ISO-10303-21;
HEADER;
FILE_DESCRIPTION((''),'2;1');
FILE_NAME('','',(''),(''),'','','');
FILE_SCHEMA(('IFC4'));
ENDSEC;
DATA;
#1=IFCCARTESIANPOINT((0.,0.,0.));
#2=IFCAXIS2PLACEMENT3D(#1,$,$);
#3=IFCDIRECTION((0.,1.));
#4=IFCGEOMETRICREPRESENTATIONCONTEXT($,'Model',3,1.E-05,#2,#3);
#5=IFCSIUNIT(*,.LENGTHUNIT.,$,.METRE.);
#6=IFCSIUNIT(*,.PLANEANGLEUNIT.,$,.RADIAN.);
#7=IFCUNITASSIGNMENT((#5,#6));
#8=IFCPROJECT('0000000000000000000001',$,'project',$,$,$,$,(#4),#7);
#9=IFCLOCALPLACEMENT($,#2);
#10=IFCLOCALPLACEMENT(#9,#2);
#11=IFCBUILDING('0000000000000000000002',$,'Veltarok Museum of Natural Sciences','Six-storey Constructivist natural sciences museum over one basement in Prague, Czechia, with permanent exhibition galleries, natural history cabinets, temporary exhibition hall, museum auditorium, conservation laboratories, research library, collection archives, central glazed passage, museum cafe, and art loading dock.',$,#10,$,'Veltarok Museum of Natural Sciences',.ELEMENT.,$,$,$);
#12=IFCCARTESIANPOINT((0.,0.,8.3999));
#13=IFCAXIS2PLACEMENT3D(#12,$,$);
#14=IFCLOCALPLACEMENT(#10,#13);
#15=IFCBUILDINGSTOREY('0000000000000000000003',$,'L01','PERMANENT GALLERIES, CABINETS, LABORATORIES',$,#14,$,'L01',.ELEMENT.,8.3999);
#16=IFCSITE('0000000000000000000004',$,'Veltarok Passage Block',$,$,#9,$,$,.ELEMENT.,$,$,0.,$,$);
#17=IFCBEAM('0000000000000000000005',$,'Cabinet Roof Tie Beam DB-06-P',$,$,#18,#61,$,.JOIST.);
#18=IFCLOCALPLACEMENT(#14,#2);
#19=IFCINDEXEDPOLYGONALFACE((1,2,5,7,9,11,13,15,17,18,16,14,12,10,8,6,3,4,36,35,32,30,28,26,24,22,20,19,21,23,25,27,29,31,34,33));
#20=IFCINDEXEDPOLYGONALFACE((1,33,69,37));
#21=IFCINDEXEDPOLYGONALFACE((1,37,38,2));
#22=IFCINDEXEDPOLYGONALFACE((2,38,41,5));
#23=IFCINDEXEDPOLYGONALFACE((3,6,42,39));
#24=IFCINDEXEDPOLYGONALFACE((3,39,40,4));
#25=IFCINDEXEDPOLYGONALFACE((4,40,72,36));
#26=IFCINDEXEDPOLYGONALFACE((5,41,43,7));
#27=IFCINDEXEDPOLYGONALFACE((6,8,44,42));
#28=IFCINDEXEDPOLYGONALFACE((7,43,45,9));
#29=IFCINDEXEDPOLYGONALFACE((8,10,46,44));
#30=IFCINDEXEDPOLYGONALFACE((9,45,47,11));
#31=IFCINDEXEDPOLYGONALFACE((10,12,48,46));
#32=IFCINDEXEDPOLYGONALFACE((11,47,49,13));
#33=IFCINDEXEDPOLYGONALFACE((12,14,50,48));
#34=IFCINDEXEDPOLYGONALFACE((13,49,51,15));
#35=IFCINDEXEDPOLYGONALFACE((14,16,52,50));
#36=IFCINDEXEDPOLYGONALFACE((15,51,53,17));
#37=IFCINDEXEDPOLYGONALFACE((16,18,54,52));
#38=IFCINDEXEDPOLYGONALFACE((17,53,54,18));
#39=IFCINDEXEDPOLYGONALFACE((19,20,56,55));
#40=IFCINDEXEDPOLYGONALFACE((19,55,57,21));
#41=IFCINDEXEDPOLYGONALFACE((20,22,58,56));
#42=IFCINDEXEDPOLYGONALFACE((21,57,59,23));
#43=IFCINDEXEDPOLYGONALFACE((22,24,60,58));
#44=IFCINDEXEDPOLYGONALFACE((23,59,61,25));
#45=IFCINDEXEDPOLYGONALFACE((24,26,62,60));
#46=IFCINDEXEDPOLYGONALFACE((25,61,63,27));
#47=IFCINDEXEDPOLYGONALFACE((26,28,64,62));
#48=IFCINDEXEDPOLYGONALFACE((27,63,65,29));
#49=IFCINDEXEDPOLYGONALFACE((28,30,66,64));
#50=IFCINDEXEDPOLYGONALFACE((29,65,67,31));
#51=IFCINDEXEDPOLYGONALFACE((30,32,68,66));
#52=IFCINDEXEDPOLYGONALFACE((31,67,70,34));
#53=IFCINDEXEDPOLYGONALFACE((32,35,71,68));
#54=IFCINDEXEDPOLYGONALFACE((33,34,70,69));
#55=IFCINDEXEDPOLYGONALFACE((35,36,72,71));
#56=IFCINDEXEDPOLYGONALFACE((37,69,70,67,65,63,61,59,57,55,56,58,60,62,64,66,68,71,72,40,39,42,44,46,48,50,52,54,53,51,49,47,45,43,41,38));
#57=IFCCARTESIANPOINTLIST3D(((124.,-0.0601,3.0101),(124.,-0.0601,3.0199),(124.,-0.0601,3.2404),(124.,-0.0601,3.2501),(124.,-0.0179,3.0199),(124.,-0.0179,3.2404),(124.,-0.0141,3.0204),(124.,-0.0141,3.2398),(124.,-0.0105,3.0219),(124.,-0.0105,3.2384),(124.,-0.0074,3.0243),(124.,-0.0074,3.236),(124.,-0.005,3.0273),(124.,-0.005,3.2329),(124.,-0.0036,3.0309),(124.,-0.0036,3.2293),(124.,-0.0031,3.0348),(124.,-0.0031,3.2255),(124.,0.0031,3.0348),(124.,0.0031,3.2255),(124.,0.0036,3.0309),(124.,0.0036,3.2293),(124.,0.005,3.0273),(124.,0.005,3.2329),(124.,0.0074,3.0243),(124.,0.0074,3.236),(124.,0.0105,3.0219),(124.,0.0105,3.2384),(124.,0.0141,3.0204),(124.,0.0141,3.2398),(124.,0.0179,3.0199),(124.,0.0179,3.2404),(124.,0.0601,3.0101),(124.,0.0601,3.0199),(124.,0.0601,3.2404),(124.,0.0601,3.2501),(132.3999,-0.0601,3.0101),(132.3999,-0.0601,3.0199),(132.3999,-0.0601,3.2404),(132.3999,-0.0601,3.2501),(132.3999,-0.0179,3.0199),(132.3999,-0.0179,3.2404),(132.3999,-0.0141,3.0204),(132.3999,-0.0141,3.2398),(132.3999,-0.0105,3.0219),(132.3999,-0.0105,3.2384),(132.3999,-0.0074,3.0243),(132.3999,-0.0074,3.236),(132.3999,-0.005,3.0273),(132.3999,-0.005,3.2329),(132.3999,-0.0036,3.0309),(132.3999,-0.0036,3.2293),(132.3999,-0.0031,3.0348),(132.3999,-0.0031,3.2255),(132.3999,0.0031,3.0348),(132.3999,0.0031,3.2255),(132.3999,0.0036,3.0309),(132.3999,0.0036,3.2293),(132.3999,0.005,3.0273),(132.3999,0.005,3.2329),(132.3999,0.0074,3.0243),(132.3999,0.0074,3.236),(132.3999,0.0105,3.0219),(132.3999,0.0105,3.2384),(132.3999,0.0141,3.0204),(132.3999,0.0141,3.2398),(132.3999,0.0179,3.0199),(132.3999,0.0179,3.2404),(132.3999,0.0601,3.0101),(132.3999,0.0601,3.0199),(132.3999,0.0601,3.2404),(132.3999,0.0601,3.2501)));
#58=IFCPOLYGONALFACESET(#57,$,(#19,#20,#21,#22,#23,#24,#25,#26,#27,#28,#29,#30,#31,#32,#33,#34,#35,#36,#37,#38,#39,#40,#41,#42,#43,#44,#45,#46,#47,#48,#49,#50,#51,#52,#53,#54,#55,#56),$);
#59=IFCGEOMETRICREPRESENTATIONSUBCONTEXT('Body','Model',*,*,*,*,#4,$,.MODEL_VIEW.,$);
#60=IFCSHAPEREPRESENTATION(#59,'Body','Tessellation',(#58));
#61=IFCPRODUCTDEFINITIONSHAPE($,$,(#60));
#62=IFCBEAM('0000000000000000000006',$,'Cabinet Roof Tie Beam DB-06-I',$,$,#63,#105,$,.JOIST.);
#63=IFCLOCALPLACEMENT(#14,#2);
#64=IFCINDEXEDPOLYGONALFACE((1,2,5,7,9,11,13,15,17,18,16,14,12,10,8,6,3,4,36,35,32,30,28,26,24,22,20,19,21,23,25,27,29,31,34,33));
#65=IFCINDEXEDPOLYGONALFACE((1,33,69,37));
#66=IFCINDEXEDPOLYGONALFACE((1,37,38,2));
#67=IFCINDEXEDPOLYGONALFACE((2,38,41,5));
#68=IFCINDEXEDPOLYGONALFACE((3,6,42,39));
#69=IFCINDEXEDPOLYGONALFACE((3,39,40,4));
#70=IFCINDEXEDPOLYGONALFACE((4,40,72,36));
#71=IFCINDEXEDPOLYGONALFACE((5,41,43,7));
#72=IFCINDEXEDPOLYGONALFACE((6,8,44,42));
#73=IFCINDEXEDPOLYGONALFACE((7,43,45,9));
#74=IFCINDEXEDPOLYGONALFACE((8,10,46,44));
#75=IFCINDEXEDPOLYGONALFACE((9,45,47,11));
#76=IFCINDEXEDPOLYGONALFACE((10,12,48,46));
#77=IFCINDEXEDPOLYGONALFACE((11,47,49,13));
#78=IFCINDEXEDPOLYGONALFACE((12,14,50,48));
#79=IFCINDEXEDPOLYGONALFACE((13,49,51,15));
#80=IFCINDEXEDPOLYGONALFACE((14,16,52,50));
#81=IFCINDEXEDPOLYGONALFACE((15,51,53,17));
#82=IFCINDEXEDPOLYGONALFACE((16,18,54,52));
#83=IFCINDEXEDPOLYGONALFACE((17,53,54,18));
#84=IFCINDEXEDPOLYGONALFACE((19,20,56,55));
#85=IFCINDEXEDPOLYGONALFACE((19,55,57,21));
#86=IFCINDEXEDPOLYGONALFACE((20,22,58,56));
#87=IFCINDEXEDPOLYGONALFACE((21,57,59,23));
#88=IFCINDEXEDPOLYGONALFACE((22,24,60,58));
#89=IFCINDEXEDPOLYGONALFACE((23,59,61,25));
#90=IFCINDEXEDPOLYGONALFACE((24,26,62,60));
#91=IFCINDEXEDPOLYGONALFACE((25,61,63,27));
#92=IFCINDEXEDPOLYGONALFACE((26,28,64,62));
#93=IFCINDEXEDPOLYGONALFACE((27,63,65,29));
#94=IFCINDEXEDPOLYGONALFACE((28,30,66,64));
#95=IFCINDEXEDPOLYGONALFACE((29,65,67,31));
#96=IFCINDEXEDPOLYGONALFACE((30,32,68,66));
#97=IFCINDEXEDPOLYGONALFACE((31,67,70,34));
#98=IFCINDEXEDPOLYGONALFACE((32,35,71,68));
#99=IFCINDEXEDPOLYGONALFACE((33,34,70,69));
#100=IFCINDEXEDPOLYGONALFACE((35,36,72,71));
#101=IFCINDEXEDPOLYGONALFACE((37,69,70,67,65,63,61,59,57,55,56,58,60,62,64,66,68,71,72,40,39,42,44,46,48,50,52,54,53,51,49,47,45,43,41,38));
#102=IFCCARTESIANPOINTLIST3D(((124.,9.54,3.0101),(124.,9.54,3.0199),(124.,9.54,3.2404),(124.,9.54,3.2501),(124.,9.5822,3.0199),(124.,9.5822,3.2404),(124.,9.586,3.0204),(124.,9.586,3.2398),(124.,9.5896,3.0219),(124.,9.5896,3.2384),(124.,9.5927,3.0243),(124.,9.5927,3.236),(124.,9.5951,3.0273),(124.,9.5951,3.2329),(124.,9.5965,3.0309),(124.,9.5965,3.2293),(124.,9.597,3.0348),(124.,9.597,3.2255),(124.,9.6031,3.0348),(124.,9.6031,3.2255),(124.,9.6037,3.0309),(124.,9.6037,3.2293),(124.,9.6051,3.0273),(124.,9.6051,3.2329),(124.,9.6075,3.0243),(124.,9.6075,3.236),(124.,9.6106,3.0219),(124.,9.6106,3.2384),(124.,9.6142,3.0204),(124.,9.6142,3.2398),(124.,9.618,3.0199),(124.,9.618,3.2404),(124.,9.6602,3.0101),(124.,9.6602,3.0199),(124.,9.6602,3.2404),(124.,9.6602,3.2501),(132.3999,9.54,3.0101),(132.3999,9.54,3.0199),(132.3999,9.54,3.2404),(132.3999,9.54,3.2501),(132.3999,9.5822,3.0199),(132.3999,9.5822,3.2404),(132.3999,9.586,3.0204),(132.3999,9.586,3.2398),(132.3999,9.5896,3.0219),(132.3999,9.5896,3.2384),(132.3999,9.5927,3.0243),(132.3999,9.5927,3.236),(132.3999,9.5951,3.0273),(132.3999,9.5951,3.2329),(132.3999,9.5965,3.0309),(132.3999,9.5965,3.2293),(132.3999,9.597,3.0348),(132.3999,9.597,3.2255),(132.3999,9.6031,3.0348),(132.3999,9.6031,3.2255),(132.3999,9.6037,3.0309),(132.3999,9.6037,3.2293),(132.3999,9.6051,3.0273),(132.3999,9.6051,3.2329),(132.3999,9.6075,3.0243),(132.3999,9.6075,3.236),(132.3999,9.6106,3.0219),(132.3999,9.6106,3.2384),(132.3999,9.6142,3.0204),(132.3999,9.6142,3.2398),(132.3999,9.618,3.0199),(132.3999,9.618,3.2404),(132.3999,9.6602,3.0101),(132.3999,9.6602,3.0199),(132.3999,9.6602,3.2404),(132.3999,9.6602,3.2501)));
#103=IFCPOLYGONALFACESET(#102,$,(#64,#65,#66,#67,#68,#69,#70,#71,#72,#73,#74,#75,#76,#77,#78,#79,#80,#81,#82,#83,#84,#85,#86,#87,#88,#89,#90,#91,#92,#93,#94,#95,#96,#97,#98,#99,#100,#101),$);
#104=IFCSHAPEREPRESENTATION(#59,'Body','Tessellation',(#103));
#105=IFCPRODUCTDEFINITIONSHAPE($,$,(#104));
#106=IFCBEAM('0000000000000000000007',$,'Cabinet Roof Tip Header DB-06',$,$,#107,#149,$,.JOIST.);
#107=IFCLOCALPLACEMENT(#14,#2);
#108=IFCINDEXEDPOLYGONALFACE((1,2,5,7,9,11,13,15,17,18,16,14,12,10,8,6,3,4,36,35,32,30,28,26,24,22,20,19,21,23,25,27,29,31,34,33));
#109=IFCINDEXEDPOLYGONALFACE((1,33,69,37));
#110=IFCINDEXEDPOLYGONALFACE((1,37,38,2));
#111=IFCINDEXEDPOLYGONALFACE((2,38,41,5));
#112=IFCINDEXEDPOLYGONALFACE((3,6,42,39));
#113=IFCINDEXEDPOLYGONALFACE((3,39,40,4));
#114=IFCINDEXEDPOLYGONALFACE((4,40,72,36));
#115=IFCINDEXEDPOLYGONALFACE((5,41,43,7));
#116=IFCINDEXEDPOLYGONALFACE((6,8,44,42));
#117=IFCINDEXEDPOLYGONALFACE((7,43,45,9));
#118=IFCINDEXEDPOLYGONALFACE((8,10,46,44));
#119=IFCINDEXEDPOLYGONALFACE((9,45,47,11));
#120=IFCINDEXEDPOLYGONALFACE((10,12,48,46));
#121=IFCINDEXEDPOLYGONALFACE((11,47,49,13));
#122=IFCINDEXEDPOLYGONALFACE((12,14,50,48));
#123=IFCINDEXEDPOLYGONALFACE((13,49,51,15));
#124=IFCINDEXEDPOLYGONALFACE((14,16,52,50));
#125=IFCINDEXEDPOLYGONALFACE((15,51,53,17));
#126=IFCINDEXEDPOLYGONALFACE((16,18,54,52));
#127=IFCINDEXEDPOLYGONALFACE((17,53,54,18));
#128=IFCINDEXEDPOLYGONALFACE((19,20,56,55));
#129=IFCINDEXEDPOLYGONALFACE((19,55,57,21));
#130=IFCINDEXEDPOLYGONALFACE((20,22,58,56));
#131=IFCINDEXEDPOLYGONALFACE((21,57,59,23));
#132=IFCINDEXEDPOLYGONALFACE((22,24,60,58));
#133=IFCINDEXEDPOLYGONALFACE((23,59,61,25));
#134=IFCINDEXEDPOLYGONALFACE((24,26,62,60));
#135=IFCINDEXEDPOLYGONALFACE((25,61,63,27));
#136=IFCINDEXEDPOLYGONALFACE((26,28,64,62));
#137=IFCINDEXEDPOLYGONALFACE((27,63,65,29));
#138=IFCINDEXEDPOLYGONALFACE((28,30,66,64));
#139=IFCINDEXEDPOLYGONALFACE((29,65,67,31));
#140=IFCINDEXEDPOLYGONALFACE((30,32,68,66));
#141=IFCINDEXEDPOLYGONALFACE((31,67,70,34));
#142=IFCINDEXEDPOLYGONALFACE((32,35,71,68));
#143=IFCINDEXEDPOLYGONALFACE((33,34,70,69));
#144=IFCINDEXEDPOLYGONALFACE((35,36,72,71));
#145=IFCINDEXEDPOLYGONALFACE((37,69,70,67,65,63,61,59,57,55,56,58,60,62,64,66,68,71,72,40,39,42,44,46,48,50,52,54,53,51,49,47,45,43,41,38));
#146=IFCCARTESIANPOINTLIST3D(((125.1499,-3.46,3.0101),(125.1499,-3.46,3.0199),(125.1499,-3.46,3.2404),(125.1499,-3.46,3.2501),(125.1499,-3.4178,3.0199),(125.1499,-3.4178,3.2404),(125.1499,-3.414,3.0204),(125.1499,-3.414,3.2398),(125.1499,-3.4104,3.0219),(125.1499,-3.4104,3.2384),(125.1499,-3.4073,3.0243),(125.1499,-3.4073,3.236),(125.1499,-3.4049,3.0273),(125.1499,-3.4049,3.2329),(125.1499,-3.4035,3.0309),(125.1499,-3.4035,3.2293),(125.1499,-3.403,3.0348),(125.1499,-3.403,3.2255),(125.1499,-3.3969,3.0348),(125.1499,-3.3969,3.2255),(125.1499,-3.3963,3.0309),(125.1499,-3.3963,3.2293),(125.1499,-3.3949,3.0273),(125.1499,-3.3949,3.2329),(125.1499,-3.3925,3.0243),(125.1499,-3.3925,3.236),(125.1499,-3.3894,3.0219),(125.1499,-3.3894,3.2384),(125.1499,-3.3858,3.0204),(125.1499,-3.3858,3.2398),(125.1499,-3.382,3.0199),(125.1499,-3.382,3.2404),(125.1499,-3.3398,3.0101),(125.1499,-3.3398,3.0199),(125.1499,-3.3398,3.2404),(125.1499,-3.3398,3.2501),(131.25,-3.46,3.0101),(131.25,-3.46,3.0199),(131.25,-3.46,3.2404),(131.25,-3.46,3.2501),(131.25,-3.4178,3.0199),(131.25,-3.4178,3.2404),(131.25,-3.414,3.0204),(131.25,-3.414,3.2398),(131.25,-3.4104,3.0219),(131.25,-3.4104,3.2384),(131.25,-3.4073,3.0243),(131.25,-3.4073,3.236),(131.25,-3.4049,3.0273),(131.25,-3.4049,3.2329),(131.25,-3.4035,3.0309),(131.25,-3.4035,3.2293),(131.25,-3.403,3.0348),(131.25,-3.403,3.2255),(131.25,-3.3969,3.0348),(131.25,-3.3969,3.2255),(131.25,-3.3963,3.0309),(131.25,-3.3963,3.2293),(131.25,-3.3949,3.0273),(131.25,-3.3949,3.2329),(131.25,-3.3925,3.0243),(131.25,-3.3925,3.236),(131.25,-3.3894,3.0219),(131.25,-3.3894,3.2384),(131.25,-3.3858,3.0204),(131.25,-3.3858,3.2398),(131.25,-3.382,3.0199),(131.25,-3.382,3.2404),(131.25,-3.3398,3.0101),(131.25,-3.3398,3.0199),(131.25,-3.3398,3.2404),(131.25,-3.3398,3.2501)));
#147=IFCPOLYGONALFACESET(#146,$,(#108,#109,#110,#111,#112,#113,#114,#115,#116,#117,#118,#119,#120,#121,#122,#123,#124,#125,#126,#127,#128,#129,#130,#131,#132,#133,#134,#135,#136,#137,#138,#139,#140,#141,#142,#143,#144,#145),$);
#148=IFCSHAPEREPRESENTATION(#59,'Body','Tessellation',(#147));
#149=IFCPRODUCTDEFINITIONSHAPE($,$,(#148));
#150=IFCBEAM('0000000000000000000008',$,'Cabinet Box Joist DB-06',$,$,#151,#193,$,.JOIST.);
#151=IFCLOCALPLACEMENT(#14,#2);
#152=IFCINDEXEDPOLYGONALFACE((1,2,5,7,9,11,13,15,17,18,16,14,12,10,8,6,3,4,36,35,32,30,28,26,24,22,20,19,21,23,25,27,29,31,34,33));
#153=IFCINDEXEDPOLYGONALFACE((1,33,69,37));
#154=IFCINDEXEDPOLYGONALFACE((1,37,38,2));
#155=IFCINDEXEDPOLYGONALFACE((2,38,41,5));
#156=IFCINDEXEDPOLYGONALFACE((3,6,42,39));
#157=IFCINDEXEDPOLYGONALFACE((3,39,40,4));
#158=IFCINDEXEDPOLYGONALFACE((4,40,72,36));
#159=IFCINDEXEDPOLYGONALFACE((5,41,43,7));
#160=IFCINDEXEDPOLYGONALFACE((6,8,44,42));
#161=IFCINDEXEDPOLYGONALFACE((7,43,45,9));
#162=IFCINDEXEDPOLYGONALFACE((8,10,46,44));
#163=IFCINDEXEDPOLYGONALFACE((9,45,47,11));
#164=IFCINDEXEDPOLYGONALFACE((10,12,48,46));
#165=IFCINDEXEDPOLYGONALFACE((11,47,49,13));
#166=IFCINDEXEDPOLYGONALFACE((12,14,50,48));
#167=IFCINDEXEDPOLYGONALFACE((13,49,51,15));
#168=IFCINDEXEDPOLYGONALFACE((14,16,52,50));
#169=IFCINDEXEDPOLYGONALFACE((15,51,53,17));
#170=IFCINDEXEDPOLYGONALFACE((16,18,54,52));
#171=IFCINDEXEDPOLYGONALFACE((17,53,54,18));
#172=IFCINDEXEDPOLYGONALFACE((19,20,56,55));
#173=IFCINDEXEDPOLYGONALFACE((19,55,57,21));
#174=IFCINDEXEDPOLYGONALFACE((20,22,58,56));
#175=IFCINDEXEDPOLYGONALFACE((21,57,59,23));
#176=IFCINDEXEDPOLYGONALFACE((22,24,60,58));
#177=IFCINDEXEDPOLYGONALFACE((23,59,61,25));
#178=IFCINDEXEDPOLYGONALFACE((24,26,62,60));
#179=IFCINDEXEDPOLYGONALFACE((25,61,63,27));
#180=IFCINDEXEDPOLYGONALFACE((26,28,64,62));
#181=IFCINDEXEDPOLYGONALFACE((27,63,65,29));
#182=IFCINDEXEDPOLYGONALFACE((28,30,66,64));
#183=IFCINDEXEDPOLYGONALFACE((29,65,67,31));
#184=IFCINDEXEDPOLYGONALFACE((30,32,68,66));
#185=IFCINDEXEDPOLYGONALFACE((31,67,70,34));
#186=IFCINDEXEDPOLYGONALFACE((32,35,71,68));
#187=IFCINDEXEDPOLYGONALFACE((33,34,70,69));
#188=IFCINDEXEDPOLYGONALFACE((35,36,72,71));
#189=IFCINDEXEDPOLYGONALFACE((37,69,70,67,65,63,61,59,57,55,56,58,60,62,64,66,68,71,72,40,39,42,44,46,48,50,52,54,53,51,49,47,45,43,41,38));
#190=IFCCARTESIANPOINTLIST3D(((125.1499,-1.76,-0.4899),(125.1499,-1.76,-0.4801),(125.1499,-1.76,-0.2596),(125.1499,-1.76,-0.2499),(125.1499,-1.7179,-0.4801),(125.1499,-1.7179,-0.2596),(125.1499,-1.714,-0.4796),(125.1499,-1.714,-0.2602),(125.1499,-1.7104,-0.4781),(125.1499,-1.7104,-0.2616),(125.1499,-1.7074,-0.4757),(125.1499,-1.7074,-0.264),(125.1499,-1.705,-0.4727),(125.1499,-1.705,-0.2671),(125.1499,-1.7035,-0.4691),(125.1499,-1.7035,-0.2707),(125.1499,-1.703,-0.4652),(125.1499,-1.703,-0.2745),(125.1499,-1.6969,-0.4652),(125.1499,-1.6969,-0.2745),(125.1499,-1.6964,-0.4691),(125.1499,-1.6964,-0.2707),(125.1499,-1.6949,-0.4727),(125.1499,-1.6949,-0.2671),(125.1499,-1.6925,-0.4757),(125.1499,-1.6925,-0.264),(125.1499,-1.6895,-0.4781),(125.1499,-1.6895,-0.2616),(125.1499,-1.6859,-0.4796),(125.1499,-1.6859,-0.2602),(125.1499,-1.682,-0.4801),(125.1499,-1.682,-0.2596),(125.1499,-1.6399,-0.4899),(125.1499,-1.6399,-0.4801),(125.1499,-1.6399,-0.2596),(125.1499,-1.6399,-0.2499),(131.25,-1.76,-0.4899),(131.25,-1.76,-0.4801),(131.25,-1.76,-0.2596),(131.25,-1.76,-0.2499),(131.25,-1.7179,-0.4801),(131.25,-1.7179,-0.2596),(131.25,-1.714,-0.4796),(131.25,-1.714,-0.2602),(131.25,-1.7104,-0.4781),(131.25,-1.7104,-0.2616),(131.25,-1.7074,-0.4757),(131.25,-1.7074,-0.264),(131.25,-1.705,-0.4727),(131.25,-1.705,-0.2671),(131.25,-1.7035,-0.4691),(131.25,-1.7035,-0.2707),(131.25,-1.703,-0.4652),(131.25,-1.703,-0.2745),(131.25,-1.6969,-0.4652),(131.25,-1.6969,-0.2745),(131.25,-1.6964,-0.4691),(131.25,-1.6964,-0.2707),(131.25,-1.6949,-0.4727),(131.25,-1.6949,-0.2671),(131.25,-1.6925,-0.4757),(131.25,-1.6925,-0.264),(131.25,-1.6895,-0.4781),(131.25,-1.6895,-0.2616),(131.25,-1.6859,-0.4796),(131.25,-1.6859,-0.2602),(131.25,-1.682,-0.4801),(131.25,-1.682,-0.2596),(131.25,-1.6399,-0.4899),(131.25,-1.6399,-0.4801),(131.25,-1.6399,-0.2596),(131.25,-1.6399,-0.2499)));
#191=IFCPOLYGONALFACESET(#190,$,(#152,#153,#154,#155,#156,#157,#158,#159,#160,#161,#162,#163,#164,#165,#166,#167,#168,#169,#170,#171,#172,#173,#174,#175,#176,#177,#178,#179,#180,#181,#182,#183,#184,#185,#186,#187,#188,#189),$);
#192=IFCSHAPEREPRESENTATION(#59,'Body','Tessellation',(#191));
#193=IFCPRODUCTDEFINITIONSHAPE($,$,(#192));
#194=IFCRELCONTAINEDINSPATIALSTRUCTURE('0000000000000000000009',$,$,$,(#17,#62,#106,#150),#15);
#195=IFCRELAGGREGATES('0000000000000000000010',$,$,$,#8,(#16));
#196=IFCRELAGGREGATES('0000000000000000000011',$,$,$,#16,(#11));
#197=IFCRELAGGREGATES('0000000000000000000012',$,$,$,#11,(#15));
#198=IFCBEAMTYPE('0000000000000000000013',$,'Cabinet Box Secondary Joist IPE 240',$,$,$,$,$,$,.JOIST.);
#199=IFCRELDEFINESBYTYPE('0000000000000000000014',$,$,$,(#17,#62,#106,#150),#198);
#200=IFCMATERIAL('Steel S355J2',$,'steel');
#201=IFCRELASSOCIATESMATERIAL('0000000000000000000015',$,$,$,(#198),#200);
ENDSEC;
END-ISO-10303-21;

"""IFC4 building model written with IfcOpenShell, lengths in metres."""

from ifc_helpers import new_model, si_unit, direction, frame, origin, origin_2d, place, context, subcontext, project, spatial, i_section, extrude, material, material_profile, profile_set, type_object, element, save


model = new_model("IFC4")

# Units and contexts
model_context = context("Model", 3, precision=1e-05, world=origin(), true_north=direction((0.0, 1.0)))
body_context = subcontext(model_context, "Body", "Model", "MODEL_VIEW")
ifc_project = project(units=[si_unit("LENGTHUNIT", "METRE"), si_unit("PLANEANGLEUNIT", "RADIAN")], contexts=[model_context])

# Site, building, storey
site_placement = place(None, origin())
site = spatial("IfcSite", under=ifc_project, at=site_placement, Name="Veltarok Passage Block", CompositionType="ELEMENT", RefElevation=0.0)
building_placement = place(site_placement, origin())
building = spatial("IfcBuilding", under=site, at=building_placement, Name="Veltarok Museum of Natural Sciences", Description="Six-storey Constructivist natural sciences museum over one basement in Prague, Czechia, with permanent exhibition galleries, natural history cabinets, temporary exhibition hall, museum auditorium, conservation laboratories, research library, collection archives, central glazed passage, museum cafe, and art loading dock.", LongName="Veltarok Museum of Natural Sciences", CompositionType="ELEMENT")
storey_placement = place(building_placement, frame((0.0, 0.0, 8.3999)))
storey = spatial("IfcBuildingStorey", under=building, at=storey_placement, Name="L01", Description="PERMANENT GALLERIES, CABINETS, LABORATORIES", LongName="L01", CompositionType="ELEMENT", Elevation=8.3999)

# Shared definitions
ifc_material_1 = material(Name="Steel S355J2", Category="steel")

# Beams
ifc_material_profile_1 = material_profile(ifc_material_1, i_section(OverallWidth=0.1201, OverallDepth=0.24, WebThickness=0.0061, FlangeThickness=0.0098, FilletRadius=0.0149, at=origin_2d()), Name="IPE 240")
ifc_profile_set_1 = profile_set([ifc_material_profile_1], Name="Steel S355J2")
beam_type_1 = type_object("IfcBeamType", Name="Cabinet Box Secondary Joist IPE 240", PredefinedType="JOIST", material=ifc_profile_set_1)
for number, where, z_axis, x_axis, name in (
    (1, (124.0, 0.0, 3.1301), (1.0, 0.0, 0.0), (0.0, 1.0, 0.0), "Cabinet Roof Tie Beam DB-06-P"),
    (2, (124.0, 9.6001, 3.1301), (1.0, 0.0, 0.0), (0.0, 1.0, 0.0), "Cabinet Roof Tie Beam DB-06-I"),
):
    element("IfcBeam", number, at=place(storey_placement, frame(where, z_axis=z_axis, x_axis=x_axis)), inside=storey, type_object=beam_type_1, Name=name, PredefinedType="JOIST", context=body_context, shape_type="SweptSolid", body=[
        extrude(i_section(OverallWidth=0.1201, OverallDepth=0.24, WebThickness=0.0061, FlangeThickness=0.0098, FilletRadius=0.0149, at=origin_2d()), origin(), (0.0, 0.0, 1.0), 8.3999),
    ])
for number, where, z_axis, x_axis, name in (
    (3, (125.1499, -3.3999, 3.1301), (1.0, 0.0, 0.0), (0.0, 1.0, 0.0), "Cabinet Roof Tip Header DB-06"),
    (4, (125.1499, -1.7, -0.3699), (1.0, 0.0, 0.0), (0.0, 1.0, 0.0), "Cabinet Box Joist DB-06"),
):
    element("IfcBeam", number, at=place(storey_placement, frame(where, z_axis=z_axis, x_axis=x_axis)), inside=storey, type_object=beam_type_1, Name=name, PredefinedType="JOIST", context=body_context, shape_type="SweptSolid", body=[
        extrude(i_section(OverallWidth=0.1201, OverallDepth=0.24, WebThickness=0.0061, FlangeThickness=0.0098, FilletRadius=0.0149, at=origin_2d()), origin(), (0.0, 0.0, 1.0), 6.1001),
    ])

save(model, "model.ifc")
